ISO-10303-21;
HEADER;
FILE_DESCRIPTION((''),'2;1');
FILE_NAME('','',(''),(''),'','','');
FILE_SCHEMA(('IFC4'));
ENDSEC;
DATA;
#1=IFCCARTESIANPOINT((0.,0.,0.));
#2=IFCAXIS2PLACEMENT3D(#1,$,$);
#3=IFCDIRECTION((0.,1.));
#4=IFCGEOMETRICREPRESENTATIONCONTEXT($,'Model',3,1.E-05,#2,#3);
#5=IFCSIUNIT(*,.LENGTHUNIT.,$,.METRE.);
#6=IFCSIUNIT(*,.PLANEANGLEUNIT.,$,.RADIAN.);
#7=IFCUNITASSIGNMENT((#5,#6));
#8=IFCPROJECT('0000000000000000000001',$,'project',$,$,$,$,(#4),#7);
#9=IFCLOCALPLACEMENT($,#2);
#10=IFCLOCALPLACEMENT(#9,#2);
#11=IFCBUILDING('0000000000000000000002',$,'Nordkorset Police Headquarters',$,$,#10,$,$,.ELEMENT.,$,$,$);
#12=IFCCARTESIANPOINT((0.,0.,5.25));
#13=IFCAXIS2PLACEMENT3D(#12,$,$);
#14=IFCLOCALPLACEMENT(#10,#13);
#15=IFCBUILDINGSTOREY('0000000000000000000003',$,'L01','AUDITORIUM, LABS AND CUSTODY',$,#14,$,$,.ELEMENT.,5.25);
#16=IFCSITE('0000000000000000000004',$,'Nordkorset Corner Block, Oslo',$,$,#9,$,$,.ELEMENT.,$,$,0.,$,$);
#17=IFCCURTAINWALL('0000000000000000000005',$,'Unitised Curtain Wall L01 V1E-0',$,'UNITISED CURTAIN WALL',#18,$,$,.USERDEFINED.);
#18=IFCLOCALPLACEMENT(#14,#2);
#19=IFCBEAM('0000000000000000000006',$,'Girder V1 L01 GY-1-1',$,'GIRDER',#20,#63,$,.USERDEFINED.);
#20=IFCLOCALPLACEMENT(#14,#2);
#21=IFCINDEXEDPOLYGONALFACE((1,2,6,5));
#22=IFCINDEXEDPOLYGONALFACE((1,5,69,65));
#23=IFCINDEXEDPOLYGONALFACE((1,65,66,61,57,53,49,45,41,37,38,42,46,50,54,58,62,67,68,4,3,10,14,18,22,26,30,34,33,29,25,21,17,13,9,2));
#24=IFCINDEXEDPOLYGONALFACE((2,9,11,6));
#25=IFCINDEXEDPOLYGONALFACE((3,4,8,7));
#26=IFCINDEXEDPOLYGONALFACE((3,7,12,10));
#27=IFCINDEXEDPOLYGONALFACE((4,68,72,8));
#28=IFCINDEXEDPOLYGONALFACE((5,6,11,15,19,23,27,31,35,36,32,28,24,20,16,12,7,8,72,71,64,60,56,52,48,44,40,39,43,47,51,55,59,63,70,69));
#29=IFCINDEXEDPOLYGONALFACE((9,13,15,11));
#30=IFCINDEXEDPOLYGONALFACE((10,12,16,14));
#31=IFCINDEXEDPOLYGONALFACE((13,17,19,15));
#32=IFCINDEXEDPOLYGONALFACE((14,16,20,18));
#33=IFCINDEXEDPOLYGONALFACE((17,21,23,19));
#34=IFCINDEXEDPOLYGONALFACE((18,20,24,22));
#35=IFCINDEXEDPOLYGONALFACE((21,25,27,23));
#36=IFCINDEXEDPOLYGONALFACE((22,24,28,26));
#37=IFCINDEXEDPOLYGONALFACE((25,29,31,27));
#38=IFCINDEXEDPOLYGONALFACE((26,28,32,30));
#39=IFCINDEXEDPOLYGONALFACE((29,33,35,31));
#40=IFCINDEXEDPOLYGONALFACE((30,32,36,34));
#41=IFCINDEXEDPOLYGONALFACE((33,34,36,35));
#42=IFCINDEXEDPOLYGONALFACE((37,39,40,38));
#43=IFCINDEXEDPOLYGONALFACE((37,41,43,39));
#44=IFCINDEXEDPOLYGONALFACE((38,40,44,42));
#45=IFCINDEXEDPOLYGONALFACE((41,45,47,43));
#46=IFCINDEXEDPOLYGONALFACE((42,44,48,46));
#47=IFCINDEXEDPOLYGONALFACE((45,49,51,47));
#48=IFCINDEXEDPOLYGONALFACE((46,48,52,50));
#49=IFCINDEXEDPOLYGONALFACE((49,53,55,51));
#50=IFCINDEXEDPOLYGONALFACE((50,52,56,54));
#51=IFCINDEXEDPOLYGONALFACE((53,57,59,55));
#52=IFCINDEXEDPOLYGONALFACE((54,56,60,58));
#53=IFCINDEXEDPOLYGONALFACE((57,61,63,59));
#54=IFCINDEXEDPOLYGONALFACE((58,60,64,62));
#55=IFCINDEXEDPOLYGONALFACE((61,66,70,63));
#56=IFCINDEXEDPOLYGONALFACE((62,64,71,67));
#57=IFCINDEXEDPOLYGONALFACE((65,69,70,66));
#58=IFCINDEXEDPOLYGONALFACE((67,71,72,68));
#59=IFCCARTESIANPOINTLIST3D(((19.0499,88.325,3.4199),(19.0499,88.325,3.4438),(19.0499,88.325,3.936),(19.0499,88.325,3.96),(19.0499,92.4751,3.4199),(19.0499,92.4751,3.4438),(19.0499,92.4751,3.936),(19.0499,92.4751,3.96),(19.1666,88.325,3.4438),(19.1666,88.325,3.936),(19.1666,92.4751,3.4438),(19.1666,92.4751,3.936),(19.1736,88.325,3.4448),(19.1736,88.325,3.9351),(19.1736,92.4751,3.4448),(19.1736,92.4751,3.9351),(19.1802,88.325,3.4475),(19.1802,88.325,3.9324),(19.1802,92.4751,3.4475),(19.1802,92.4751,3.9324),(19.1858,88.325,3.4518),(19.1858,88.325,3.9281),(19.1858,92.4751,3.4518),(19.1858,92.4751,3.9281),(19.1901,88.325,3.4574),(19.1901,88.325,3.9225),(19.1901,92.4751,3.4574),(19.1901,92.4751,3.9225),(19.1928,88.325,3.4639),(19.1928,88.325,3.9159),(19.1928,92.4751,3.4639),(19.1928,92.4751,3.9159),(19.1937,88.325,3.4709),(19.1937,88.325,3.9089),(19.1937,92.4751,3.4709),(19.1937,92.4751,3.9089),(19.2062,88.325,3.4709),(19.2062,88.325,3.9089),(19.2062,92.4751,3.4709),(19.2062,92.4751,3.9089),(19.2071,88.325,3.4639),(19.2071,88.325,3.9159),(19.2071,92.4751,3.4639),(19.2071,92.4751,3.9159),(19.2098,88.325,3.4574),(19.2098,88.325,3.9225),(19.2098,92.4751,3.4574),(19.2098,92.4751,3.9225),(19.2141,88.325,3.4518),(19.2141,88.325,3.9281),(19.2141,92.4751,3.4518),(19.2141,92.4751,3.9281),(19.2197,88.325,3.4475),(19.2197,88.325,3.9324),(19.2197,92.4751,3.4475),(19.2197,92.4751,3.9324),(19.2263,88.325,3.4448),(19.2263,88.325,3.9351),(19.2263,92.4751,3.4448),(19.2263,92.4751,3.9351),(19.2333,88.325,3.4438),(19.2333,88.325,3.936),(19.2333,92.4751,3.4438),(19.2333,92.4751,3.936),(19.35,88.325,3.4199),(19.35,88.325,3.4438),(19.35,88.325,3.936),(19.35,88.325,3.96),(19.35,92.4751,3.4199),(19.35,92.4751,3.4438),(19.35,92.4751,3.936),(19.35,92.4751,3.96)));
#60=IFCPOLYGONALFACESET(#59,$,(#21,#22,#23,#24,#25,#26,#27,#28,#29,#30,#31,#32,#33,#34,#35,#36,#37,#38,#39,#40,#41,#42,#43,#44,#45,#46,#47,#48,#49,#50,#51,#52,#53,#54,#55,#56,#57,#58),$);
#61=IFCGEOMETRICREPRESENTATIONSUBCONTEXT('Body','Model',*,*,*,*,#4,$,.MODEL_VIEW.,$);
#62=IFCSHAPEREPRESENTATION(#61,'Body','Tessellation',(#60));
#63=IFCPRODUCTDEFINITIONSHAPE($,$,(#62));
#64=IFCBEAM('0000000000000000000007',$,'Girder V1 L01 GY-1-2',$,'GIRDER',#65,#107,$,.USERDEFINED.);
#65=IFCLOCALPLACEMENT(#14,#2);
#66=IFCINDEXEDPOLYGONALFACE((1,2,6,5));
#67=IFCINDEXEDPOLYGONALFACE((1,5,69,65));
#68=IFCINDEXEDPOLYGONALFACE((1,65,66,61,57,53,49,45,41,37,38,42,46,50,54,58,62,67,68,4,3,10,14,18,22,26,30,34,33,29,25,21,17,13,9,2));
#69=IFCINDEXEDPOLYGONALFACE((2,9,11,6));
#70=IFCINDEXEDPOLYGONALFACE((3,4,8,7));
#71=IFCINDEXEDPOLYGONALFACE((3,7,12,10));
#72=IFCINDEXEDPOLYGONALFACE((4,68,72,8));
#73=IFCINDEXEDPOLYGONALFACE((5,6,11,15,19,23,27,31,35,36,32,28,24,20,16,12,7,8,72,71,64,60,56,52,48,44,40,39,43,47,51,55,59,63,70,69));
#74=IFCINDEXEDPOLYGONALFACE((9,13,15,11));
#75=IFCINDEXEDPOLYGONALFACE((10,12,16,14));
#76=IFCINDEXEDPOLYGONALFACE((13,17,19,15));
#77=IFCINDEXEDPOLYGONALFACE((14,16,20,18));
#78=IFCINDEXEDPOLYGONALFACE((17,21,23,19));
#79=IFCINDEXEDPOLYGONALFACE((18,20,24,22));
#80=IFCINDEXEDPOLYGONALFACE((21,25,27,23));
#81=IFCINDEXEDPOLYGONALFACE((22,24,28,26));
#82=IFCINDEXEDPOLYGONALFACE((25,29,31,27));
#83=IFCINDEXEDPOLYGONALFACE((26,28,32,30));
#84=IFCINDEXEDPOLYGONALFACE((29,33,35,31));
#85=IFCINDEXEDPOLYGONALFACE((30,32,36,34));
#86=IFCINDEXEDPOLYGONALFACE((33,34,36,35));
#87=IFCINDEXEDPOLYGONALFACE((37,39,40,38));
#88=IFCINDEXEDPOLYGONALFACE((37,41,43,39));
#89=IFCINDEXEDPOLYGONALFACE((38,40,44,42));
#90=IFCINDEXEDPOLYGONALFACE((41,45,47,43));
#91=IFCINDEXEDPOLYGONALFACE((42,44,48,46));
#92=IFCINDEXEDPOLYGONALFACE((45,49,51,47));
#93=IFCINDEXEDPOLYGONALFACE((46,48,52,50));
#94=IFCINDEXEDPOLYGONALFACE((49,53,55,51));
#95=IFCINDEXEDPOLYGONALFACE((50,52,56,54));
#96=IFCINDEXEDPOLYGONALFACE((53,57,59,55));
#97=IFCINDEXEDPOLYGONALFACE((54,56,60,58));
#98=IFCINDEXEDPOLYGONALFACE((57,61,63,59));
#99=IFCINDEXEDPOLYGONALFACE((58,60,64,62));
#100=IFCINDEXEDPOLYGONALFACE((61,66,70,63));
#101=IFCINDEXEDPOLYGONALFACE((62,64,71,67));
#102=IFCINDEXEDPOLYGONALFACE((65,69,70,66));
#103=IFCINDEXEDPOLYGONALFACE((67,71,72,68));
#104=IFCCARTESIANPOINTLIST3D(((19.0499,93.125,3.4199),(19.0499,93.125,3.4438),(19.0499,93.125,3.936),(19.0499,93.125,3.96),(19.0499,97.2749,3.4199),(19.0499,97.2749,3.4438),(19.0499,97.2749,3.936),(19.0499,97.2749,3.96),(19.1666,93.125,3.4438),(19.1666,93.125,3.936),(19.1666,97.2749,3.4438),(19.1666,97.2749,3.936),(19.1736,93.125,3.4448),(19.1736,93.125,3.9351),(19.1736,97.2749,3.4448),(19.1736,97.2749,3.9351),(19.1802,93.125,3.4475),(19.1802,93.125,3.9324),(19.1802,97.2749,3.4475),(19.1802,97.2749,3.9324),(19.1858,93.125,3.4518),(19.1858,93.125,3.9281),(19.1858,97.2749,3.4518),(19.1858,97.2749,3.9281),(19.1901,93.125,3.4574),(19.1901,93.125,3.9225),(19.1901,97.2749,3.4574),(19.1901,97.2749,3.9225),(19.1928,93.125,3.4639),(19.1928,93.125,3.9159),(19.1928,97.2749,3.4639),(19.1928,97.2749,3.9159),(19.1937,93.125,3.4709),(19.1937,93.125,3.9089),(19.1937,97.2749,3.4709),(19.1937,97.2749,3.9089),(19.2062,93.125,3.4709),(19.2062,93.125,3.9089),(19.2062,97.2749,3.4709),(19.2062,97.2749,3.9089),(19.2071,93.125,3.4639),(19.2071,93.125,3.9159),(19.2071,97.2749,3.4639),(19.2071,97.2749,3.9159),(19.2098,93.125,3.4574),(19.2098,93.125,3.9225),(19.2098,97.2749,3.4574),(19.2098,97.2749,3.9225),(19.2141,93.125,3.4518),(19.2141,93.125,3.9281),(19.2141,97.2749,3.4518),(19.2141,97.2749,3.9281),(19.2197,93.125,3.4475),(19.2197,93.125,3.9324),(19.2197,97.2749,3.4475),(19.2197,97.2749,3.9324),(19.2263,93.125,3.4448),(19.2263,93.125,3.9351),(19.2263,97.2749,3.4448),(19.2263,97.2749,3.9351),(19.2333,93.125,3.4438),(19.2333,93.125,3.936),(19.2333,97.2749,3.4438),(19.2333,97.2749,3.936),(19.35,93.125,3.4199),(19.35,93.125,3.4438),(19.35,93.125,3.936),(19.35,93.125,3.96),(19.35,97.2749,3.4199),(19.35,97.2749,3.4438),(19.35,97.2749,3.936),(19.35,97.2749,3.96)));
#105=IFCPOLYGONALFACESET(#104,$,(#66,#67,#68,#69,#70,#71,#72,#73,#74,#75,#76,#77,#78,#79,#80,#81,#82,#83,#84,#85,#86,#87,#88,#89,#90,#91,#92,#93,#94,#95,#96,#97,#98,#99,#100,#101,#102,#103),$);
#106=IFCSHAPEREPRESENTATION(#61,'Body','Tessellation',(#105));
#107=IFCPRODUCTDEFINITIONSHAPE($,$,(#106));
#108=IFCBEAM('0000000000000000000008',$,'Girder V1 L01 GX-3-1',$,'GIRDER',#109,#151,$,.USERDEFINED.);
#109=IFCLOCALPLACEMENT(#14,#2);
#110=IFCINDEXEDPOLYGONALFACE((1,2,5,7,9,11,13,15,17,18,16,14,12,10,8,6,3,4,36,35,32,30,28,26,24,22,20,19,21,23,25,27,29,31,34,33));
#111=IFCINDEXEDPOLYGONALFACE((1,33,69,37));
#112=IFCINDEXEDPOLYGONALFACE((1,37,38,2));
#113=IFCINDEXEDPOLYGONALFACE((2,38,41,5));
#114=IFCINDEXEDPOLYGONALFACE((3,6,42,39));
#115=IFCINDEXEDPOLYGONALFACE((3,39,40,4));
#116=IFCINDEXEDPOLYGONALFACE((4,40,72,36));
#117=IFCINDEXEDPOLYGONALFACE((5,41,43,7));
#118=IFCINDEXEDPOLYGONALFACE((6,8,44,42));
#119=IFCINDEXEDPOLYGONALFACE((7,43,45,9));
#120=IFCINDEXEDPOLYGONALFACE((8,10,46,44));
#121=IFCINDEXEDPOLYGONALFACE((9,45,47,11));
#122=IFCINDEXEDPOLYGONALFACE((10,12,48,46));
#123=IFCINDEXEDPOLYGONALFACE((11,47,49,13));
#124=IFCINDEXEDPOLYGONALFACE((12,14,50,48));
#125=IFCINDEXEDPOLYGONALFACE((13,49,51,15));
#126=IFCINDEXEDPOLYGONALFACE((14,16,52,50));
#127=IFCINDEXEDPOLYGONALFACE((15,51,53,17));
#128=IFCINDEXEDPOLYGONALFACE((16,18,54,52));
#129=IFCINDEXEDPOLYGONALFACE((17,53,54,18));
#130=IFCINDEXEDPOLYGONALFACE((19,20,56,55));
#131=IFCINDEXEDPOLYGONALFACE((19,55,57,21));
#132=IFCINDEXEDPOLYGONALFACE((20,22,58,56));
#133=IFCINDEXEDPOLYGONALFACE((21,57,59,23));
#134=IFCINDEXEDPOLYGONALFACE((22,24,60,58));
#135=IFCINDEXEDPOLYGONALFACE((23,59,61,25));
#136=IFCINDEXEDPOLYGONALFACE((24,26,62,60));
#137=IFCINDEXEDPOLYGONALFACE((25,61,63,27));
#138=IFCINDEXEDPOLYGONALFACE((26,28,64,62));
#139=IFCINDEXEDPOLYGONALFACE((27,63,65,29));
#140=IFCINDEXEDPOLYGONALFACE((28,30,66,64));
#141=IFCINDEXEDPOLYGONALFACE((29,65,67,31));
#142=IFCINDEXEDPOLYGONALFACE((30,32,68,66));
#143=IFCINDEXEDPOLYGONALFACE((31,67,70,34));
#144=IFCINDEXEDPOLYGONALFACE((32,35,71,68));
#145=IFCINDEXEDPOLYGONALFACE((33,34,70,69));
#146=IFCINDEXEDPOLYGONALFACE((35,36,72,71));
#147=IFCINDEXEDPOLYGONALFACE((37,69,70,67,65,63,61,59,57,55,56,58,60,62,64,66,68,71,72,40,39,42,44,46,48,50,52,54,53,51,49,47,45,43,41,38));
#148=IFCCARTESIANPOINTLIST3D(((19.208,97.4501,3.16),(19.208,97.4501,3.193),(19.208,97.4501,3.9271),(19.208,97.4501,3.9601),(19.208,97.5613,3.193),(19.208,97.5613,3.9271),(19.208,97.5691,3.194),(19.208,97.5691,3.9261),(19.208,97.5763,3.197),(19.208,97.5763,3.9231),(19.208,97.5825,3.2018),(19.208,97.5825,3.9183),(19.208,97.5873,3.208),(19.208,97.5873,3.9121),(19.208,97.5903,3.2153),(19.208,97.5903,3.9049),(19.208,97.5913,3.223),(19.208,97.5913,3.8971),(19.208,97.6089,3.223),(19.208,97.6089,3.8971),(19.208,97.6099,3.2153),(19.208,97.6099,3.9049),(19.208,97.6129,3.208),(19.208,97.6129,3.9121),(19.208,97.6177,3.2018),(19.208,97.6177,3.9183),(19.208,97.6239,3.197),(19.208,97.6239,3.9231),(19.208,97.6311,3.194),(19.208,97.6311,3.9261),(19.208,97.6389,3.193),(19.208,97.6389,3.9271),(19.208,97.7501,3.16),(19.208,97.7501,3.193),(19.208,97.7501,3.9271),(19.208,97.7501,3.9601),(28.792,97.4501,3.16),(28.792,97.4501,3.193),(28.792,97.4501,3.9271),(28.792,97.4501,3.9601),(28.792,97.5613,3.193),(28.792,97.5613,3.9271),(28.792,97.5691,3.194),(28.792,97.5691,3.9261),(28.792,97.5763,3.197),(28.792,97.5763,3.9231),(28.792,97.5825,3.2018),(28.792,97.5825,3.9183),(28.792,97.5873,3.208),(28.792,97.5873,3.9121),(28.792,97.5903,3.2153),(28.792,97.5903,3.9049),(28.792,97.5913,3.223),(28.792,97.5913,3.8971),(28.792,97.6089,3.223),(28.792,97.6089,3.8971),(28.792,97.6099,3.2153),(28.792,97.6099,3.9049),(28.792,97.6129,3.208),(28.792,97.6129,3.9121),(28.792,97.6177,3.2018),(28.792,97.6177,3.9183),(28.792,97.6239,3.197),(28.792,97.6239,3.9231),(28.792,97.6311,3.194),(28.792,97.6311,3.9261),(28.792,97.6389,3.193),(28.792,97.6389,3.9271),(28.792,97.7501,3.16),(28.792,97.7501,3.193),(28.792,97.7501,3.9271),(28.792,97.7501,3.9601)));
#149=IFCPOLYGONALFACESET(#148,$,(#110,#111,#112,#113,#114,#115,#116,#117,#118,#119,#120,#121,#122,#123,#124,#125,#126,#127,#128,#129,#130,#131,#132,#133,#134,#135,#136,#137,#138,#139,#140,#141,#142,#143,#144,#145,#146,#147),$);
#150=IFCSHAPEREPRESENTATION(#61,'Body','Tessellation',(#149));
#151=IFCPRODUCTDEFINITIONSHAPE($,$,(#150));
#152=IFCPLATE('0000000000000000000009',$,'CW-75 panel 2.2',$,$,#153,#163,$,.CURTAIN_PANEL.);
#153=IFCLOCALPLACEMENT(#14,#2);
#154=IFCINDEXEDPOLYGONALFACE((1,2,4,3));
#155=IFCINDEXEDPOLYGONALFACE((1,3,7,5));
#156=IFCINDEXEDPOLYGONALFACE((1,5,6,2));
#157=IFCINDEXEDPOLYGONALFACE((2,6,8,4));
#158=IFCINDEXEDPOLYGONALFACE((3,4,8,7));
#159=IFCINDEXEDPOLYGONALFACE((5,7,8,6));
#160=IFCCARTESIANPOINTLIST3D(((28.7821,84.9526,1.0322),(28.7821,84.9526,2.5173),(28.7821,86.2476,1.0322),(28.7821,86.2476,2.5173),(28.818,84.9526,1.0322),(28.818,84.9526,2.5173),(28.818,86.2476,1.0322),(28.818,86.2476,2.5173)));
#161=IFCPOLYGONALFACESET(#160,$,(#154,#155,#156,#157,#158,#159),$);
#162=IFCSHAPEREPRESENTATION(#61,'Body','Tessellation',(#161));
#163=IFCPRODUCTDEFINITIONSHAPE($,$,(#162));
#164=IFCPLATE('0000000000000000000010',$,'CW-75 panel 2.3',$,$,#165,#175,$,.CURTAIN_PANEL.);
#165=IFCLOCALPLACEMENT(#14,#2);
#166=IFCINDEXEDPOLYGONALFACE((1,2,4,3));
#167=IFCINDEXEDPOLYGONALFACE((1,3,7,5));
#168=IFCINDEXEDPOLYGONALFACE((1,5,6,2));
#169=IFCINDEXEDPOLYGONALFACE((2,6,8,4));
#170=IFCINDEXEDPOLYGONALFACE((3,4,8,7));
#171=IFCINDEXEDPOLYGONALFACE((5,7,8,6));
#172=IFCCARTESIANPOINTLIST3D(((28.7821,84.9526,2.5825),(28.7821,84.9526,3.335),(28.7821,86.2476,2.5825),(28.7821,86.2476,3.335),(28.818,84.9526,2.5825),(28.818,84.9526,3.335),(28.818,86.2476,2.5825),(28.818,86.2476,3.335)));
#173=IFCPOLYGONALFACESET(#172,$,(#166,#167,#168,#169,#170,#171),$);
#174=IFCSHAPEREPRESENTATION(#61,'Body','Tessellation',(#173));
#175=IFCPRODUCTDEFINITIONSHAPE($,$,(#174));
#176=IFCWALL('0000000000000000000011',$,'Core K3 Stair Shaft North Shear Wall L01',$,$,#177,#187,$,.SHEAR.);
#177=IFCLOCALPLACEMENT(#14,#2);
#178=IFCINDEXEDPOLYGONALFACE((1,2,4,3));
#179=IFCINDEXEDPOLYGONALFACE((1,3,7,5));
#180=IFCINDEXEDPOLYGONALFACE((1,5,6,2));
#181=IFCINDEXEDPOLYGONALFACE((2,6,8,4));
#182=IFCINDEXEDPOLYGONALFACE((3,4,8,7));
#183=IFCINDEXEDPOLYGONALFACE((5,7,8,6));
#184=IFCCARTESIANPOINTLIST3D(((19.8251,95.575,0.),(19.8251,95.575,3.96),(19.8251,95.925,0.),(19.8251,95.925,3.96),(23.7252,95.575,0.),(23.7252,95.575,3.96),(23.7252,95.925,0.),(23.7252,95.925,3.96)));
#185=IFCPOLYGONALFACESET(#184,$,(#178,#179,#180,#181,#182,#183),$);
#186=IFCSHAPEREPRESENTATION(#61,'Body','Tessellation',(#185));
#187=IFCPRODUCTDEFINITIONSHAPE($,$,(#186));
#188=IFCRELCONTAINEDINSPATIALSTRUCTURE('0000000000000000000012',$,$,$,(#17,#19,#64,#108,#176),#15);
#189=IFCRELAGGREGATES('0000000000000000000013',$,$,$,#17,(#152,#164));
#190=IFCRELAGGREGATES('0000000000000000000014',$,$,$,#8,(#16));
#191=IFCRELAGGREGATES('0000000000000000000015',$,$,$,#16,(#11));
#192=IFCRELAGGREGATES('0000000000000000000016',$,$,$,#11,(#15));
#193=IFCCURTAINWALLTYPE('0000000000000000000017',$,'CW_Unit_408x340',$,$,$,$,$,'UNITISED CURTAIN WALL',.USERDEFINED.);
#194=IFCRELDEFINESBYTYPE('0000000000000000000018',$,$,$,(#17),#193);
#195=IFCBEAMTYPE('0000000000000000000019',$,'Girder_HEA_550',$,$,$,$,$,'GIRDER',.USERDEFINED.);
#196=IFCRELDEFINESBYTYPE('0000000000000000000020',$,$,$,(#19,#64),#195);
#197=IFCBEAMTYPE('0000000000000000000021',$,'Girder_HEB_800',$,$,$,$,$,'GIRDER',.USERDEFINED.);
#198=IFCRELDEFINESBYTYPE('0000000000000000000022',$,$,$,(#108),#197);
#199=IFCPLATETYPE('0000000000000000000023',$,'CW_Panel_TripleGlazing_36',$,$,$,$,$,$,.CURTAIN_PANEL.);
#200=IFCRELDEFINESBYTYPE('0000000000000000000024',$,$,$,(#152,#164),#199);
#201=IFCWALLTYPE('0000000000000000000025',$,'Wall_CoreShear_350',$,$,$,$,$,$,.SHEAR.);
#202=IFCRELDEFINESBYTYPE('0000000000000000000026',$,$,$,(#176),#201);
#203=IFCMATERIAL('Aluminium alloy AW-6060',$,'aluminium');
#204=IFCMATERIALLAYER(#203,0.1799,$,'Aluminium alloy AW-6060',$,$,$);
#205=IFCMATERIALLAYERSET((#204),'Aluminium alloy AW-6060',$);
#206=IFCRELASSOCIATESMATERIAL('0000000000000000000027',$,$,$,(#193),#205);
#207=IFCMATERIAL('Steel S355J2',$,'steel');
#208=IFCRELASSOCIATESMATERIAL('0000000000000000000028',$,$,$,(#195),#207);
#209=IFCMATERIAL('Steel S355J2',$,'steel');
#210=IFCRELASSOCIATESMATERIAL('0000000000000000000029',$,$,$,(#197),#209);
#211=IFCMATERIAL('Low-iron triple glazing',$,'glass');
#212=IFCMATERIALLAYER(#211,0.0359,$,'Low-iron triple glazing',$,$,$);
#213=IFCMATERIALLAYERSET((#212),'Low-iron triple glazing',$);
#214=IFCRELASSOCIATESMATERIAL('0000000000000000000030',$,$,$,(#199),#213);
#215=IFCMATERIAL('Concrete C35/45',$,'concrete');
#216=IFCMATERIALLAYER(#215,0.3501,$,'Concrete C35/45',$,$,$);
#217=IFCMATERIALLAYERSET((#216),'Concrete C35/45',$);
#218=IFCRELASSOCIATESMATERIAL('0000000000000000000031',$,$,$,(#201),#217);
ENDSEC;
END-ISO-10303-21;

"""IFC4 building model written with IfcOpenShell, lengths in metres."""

from ifc_helpers import new_model, si_unit, direction, frame, frame_2d, origin, origin_2d, place, context, subcontext, project, spatial, rectangle, i_section, extrude, material, layer, layer_set, material_profile, profile_set, type_object, element, aggregate, save


model = new_model("IFC4")

# Units and contexts
model_context = context("Model", 3, precision=1e-05, world=origin(), true_north=direction((0.0, 1.0)))
body_context = subcontext(model_context, "Body", "Model", "MODEL_VIEW")
ifc_project = project(units=[si_unit("LENGTHUNIT", "METRE"), si_unit("PLANEANGLEUNIT", "RADIAN")], contexts=[model_context])

# Site, building, storey
site_placement = place(None, origin())
site = spatial("IfcSite", under=ifc_project, at=site_placement, Name="Nordkorset Corner Block, Oslo", CompositionType="ELEMENT", RefElevation=0.0)
building_placement = place(site_placement, origin())
building = spatial("IfcBuilding", under=site, at=building_placement, Name="Nordkorset Police Headquarters", CompositionType="ELEMENT")
storey_placement = place(building_placement, frame((0.0, 0.0, 5.25)))
storey = spatial("IfcBuildingStorey", under=building, at=storey_placement, Name="L01", Description="AUDITORIUM, LABS AND CUSTODY", CompositionType="ELEMENT", Elevation=5.25)

# Curtain wall
ifc_material_1 = material(Name="Aluminium alloy AW-6060", Category="aluminium")
ifc_layer_1 = layer(ifc_material_1, 0.1799, Name="Aluminium alloy AW-6060")
ifc_layer_set_1 = layer_set([ifc_layer_1], Name="Aluminium alloy AW-6060")
curtain_wall_type = type_object("IfcCurtainWallType", Name="CW_Unit_408x340", ElementType="UNITISED CURTAIN WALL", PredefinedType="USERDEFINED", material=ifc_layer_set_1)
curtain_wall_placement = place(storey_placement, origin())
curtain_wall = element("IfcCurtainWall", 1, at=curtain_wall_placement, inside=storey, type_object=curtain_wall_type, Name="Unitised Curtain Wall L01 V1E-0", ObjectType="UNITISED CURTAIN WALL", PredefinedType="USERDEFINED")

# Beams
ifc_material_2 = material(Name="Steel S355J2", Category="steel")
ifc_material_profile_1 = material_profile(ifc_material_2, i_section(OverallWidth=0.3, OverallDepth=0.54, WebThickness=0.0125, FlangeThickness=0.0239, FilletRadius=0.0271, at=origin_2d()), Name="HEA 550")
ifc_profile_set_1 = profile_set([ifc_material_profile_1], Name="Steel S355J2")
beam_type_1 = type_object("IfcBeamType", Name="Girder_HEA_550", ElementType="GIRDER", PredefinedType="USERDEFINED", material=ifc_profile_set_1)
beam_1_placement = place(storey_placement, frame((19.2, 88.325, 3.6899), z_axis=(0.0, 1.0, 0.0), x_axis=(-1.0, 0.0, 0.0)))
element("IfcBeam", 2, at=beam_1_placement, inside=storey, type_object=beam_type_1, Name="Girder V1 L01 GY-1-1", ObjectType="GIRDER", PredefinedType="USERDEFINED", context=body_context, shape_type="SweptSolid", body=[
    extrude(i_section(OverallWidth=0.3, OverallDepth=0.54, WebThickness=0.0125, FlangeThickness=0.0239, FilletRadius=0.0271, at=origin_2d()), origin(), (0.0, 0.0, 1.0), 4.1501),
])
beam_2_placement = place(storey_placement, frame((19.2, 93.125, 3.6899), z_axis=(0.0, 1.0, 0.0), x_axis=(-1.0, 0.0, 0.0)))
element("IfcBeam", 3, at=beam_2_placement, inside=storey, type_object=beam_type_1, Name="Girder V1 L01 GY-1-2", ObjectType="GIRDER", PredefinedType="USERDEFINED", context=body_context, shape_type="SweptSolid", body=[
    extrude(i_section(OverallWidth=0.3, OverallDepth=0.54, WebThickness=0.0125, FlangeThickness=0.0239, FilletRadius=0.0271, at=origin_2d()), origin(), (0.0, 0.0, 1.0), 4.1499),
])
ifc_material_3 = material(Name="Steel S355J2", Category="steel")
ifc_material_profile_2 = material_profile(ifc_material_3, i_section(OverallWidth=0.3, OverallDepth=0.8, WebThickness=0.0176, FlangeThickness=0.033, FilletRadius=0.03, at=origin_2d()), Name="HEB 800")
ifc_profile_set_2 = profile_set([ifc_material_profile_2], Name="Steel S355J2")
beam_type_2 = type_object("IfcBeamType", Name="Girder_HEB_800", ElementType="GIRDER", PredefinedType="USERDEFINED", material=ifc_profile_set_2)
beam_3_placement = place(storey_placement, frame((19.208, 97.6001, 3.5601), z_axis=(1.0, 0.0, 0.0), x_axis=(0.0, 1.0, 0.0)))
element("IfcBeam", 4, at=beam_3_placement, inside=storey, type_object=beam_type_2, Name="Girder V1 L01 GX-3-1", ObjectType="GIRDER", PredefinedType="USERDEFINED", context=body_context, shape_type="SweptSolid", body=[
    extrude(i_section(OverallWidth=0.3, OverallDepth=0.8, WebThickness=0.0176, FlangeThickness=0.033, FilletRadius=0.03, at=origin_2d()), origin(), (0.0, 0.0, 1.0), 9.584),
])

# Plates
ifc_material_4 = material(Name="Low-iron triple glazing", Category="glass")
ifc_layer_2 = layer(ifc_material_4, 0.0359, Name="Low-iron triple glazing")
ifc_layer_set_2 = layer_set([ifc_layer_2], Name="Low-iron triple glazing")
plate_type = type_object("IfcPlateType", Name="CW_Panel_TripleGlazing_36", PredefinedType="CURTAIN_PANEL", material=ifc_layer_set_2)
plate_1_placement = place(storey_placement, frame((28.8, 85.6001, 1.0322), z_axis=(0.0, 0.0, 1.0), x_axis=(0.0, 1.0, 0.0)))
plate_1 = element("IfcPlate", 5, at=plate_1_placement, type_object=plate_type, Name="CW-75 panel 2.2", PredefinedType="CURTAIN_PANEL", context=body_context, shape_type="SweptSolid", body=[
    extrude(rectangle(XDim=1.2949, YDim=0.0359, at=origin_2d()), origin(), (0.0, 0.0, 1.0), 1.4851),
])
plate_2_placement = place(storey_placement, frame((28.8, 85.6001, 2.5825), z_axis=(0.0, 0.0, 1.0), x_axis=(0.0, 1.0, 0.0)))
plate_2 = element("IfcPlate", 6, at=plate_2_placement, type_object=plate_type, Name="CW-75 panel 2.3", PredefinedType="CURTAIN_PANEL", context=body_context, shape_type="SweptSolid", body=[
    extrude(rectangle(XDim=1.2949, YDim=0.0359, at=origin_2d()), origin(), (0.0, 0.0, 1.0), 0.7524),
])
aggregate(curtain_wall, [plate_1, plate_2])

# Shared definitions
ifc_material_5 = material(Name="Concrete C35/45", Category="concrete")
ifc_layer_3 = layer(ifc_material_5, 0.3501, Name="Concrete C35/45")
ifc_layer_set_3 = layer_set([ifc_layer_3], Name="Concrete C35/45")
wall_type_1 = type_object("IfcWallType", Name="Wall_CoreShear_350", PredefinedType="SHEAR", material=ifc_layer_set_3)

# Wall
wall_1_placement = place(storey_placement, frame((19.825, 95.75, 0.0), z_axis=(0.0, 0.0, 1.0), x_axis=(1.0, 0.0, 0.0)))
element("IfcWall", 7, at=wall_1_placement, inside=storey, type_object=wall_type_1, Name="Core K3 Stair Shaft North Shear Wall L01", PredefinedType="SHEAR", context=body_context, shape_type="SweptSolid", body=[
    extrude(rectangle(XDim=3.9001, YDim=0.3501, at=frame_2d((1.9502, 0.0))), origin(), (0.0, 0.0, 1.0), 3.96),
])

save(model, "model.ifc")
